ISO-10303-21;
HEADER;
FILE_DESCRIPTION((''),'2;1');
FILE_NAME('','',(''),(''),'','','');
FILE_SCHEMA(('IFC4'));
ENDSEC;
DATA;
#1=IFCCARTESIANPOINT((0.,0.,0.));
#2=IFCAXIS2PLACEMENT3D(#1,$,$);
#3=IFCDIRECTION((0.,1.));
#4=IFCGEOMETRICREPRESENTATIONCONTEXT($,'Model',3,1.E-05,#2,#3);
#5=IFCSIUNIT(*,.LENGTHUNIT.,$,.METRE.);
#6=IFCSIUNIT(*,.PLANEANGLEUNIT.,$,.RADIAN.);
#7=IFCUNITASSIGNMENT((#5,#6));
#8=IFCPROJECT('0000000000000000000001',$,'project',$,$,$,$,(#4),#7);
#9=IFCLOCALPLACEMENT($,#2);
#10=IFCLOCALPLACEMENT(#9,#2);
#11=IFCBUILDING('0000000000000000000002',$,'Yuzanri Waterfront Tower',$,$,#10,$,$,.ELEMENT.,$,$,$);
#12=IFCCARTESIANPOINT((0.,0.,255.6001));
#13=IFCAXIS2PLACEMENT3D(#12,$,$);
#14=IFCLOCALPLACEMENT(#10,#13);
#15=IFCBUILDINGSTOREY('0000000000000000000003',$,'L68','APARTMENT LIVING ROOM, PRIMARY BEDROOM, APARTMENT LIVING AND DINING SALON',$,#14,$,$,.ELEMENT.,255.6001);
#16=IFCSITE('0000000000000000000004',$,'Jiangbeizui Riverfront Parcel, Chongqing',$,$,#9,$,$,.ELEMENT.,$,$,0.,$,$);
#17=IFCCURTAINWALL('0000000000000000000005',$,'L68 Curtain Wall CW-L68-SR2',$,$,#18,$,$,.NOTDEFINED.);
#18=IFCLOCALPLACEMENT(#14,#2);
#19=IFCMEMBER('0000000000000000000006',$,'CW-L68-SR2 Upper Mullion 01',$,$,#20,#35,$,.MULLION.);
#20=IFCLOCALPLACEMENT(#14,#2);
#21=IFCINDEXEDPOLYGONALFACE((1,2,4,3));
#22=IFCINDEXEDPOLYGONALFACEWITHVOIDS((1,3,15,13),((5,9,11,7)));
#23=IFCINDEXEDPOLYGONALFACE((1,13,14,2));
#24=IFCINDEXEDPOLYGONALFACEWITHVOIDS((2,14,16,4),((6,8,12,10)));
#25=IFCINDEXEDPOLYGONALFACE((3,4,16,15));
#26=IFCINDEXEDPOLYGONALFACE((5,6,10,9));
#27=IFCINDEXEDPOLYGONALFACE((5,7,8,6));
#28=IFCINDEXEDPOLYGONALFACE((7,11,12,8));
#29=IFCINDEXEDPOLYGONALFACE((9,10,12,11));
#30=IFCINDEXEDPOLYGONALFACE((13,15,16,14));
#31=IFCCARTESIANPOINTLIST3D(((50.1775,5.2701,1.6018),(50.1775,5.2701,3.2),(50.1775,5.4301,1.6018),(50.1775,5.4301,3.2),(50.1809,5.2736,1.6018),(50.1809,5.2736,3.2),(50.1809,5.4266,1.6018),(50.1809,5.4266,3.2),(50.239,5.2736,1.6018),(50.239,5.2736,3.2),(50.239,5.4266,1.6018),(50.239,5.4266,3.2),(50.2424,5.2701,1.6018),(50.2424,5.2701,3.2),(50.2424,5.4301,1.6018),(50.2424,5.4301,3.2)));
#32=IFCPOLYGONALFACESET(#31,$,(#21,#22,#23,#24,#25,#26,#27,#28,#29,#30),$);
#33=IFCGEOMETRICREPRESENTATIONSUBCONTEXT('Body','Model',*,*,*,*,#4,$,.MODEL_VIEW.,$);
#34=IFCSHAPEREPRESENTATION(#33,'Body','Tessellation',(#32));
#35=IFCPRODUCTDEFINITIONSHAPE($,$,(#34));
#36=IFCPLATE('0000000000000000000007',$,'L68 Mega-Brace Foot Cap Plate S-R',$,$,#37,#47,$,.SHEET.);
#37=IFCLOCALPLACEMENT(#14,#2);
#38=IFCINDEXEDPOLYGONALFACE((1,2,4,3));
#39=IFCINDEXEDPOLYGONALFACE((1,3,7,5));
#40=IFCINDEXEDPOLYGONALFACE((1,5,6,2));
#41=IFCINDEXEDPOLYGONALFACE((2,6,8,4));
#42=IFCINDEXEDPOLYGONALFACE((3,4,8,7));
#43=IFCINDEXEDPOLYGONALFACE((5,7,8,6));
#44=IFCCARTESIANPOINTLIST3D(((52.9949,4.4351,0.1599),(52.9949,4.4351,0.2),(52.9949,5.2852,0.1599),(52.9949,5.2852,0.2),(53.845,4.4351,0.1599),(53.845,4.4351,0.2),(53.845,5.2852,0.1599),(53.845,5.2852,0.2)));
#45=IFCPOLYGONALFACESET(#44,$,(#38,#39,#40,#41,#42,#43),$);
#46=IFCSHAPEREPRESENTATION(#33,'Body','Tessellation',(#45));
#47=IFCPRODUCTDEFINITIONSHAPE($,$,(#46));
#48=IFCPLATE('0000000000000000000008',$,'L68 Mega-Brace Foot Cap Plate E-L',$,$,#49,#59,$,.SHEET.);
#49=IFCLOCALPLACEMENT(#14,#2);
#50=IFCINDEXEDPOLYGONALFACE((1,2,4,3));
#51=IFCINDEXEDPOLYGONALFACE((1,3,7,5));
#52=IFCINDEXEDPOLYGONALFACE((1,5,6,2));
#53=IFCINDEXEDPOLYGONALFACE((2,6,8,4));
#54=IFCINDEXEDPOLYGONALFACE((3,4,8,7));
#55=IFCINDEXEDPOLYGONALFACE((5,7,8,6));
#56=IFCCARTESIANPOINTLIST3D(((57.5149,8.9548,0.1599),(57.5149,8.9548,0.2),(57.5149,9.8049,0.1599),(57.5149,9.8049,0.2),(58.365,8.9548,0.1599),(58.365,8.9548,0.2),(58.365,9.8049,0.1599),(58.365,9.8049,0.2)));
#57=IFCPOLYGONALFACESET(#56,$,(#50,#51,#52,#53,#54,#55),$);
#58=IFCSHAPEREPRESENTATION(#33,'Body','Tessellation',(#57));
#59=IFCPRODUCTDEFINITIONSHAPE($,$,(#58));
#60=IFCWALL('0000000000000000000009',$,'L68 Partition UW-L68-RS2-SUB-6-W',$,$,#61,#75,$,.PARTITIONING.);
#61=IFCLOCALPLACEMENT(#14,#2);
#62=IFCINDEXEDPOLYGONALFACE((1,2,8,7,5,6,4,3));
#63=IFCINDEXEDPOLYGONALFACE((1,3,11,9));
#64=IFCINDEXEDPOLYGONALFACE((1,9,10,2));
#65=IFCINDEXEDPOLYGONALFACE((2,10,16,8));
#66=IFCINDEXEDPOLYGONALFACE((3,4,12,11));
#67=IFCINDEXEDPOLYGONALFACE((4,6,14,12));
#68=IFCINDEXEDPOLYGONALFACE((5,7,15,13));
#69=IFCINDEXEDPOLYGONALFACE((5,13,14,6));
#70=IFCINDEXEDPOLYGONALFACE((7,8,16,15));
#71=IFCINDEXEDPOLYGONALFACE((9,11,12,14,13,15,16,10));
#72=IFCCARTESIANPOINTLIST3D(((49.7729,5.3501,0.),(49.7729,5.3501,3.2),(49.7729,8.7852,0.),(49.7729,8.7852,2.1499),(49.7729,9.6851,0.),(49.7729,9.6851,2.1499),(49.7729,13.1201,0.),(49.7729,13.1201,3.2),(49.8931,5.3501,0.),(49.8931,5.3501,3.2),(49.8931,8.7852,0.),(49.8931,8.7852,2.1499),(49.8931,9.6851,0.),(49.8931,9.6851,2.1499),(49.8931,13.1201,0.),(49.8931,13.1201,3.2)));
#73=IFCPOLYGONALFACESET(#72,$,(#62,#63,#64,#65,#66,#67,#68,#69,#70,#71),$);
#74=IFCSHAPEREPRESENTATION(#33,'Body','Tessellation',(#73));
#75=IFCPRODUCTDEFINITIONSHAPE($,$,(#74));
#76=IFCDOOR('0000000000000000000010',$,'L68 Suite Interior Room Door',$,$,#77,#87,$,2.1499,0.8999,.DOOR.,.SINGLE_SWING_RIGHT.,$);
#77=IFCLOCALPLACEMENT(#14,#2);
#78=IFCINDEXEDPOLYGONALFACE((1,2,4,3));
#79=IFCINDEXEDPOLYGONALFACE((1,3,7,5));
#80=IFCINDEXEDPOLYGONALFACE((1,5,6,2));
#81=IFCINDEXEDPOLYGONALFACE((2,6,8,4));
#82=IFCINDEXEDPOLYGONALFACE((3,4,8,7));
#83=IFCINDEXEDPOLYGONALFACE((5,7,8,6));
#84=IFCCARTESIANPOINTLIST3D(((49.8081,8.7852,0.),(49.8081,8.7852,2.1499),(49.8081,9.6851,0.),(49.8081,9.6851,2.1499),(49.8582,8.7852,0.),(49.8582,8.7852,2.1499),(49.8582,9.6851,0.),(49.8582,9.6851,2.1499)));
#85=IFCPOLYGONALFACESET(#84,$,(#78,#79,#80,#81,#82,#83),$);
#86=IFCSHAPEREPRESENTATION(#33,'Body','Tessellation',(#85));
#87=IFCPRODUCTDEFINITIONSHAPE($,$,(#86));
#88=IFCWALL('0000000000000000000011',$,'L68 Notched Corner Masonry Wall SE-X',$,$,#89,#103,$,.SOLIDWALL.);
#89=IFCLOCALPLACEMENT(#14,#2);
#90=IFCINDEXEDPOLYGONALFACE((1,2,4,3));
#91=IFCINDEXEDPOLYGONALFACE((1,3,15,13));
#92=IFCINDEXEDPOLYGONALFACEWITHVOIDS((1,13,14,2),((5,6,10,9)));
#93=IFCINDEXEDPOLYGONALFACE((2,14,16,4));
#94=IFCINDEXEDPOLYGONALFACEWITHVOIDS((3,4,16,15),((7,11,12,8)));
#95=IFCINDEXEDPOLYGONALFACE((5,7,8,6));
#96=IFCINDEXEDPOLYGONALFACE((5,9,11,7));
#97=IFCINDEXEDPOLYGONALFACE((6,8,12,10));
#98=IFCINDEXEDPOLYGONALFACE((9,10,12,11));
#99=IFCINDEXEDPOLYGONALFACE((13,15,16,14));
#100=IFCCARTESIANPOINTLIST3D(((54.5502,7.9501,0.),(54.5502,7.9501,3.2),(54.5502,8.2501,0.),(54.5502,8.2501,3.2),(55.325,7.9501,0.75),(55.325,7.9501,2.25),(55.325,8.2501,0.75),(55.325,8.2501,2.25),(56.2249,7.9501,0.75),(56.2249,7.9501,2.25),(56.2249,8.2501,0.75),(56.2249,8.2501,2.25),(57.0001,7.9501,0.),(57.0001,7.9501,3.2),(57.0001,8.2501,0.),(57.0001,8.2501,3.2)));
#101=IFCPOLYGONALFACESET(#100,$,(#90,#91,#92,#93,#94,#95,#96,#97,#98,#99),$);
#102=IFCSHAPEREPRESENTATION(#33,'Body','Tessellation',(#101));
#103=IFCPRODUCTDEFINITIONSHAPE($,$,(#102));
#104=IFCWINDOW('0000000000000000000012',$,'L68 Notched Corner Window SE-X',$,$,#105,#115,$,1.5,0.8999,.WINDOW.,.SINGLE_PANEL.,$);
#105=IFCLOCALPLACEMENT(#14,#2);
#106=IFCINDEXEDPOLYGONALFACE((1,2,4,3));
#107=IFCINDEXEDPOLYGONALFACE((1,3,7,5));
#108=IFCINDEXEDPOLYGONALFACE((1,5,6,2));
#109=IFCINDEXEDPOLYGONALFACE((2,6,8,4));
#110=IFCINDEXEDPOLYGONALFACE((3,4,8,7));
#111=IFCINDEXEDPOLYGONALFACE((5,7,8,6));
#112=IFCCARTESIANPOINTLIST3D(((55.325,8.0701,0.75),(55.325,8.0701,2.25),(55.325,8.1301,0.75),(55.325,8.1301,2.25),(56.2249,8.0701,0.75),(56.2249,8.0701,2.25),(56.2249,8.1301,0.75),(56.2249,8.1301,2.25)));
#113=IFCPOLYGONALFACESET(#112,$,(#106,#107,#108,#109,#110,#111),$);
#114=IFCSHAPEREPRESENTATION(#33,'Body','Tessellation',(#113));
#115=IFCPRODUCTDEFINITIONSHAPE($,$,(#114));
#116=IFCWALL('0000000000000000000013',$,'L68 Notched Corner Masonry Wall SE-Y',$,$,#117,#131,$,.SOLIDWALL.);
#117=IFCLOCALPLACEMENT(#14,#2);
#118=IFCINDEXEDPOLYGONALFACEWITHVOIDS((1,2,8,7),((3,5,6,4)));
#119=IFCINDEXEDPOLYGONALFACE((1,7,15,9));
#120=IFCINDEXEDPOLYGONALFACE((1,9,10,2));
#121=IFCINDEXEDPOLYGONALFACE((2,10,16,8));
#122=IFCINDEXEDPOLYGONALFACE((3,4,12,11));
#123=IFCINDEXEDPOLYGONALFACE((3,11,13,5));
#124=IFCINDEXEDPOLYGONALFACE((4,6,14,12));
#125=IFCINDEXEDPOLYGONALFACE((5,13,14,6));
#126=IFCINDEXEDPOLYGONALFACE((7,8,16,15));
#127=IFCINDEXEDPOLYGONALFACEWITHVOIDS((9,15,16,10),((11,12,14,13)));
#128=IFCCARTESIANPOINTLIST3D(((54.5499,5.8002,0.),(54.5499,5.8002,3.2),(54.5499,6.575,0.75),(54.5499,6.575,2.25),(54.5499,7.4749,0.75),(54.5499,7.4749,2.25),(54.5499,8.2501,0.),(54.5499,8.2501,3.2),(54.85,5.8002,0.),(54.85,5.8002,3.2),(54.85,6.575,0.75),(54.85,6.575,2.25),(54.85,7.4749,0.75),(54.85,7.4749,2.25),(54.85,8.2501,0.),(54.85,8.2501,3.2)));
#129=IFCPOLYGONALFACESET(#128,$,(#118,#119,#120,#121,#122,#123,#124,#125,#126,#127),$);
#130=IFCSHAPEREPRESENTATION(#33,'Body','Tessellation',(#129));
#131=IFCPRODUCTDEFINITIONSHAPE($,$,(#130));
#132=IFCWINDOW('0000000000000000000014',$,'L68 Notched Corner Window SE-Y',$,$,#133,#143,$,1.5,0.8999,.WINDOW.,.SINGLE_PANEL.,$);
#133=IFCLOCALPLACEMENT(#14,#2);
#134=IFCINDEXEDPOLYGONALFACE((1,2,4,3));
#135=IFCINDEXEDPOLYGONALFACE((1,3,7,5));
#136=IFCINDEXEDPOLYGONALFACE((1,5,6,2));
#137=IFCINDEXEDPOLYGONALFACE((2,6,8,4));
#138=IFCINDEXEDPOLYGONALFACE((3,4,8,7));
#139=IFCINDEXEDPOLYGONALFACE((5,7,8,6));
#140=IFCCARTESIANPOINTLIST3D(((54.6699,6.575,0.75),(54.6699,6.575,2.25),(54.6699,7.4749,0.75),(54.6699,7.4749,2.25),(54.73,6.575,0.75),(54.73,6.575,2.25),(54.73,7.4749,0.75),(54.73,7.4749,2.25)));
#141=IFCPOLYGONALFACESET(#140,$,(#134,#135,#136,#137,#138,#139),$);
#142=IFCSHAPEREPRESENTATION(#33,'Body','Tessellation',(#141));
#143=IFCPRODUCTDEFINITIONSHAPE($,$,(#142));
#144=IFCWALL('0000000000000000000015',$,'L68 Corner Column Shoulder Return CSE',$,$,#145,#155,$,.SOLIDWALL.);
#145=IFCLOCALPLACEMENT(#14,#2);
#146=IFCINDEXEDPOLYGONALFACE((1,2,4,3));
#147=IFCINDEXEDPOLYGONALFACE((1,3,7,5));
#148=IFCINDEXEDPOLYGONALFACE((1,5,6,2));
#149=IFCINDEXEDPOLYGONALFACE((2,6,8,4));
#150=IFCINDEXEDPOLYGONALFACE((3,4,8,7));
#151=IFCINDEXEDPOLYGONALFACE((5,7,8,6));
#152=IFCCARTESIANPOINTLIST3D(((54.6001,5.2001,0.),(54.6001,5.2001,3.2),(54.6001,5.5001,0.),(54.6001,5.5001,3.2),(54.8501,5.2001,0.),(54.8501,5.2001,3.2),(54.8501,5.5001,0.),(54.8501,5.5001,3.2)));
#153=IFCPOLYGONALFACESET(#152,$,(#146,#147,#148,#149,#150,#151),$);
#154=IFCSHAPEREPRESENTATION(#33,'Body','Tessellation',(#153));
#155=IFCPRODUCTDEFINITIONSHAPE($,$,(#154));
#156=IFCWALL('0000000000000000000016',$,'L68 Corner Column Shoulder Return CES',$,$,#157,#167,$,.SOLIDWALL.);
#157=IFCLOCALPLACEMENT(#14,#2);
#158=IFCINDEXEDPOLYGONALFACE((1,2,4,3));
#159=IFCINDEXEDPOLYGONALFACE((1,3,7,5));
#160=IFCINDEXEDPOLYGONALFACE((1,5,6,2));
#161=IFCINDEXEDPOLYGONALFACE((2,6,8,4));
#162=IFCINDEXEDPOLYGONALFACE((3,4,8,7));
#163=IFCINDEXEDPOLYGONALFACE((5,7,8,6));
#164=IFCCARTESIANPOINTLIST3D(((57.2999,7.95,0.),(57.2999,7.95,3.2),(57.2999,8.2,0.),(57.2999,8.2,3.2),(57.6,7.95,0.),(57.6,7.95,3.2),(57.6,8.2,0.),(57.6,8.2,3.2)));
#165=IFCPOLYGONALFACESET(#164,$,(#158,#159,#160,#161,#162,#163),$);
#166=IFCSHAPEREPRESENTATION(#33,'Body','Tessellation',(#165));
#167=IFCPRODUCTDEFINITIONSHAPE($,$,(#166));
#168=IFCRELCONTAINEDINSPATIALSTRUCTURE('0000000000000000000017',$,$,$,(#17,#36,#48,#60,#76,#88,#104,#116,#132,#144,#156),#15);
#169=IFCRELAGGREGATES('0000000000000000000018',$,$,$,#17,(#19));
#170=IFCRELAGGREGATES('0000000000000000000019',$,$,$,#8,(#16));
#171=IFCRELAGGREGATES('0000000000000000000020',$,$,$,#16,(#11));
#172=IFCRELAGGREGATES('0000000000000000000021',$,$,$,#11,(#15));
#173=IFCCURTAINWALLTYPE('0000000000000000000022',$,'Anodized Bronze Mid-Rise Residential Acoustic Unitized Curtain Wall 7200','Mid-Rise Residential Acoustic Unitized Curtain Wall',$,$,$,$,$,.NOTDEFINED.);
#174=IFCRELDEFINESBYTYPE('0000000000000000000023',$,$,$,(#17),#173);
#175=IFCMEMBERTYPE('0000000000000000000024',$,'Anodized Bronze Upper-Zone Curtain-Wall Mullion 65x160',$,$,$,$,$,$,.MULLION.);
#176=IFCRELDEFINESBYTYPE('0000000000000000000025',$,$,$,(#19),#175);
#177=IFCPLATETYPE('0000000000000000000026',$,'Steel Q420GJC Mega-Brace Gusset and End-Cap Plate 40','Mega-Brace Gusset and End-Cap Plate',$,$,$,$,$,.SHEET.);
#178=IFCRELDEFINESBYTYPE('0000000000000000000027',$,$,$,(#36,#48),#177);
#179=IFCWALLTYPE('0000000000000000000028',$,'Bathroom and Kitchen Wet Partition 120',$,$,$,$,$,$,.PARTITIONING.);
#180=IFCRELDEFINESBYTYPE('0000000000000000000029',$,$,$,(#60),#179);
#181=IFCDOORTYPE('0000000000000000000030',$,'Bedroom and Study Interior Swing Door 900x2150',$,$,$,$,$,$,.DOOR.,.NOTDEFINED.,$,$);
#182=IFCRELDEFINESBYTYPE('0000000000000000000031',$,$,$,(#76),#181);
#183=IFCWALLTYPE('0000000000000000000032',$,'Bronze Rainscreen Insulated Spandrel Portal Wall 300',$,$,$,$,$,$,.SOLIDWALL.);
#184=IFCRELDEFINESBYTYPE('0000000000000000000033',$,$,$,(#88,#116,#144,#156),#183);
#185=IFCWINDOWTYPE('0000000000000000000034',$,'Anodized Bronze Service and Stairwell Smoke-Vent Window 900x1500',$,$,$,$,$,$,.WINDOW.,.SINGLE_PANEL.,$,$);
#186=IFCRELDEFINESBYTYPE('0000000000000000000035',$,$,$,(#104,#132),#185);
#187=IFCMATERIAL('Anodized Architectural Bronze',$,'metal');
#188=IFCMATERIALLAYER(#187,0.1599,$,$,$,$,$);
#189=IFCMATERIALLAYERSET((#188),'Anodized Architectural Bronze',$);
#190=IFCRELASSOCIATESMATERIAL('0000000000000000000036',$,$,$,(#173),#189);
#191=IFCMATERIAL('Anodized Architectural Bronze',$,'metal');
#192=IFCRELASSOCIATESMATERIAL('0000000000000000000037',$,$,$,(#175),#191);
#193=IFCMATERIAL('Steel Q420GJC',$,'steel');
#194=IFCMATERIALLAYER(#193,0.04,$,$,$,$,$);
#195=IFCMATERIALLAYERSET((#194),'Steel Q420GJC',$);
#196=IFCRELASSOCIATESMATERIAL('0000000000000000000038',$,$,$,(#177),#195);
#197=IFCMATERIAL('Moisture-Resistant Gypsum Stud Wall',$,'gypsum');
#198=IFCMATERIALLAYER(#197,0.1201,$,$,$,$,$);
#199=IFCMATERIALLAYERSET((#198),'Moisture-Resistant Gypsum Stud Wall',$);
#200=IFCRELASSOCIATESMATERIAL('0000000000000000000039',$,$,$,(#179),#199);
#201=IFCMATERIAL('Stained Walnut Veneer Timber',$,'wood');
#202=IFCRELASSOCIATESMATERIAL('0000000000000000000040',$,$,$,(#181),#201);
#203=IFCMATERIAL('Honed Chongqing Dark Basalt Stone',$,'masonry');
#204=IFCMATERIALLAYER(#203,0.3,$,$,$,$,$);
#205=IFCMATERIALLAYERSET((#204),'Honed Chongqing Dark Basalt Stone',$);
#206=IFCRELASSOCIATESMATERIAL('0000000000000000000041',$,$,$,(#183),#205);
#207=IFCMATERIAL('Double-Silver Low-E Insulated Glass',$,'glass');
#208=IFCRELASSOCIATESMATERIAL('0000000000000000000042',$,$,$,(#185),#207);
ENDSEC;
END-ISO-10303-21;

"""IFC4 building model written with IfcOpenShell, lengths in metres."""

from ifc_helpers import new_model, si_unit, direction, frame, frame_2d, origin, origin_2d, place, context, subcontext, project, spatial, rectangle, hollow_rectangle, extrude, source, transform, mapped, material, layer, layer_set, material_profile, profile_set, type_object, element, fill, aggregate, save


model = new_model("IFC4")

# Units and contexts
model_context = context("Model", 3, precision=1e-05, world=origin(), true_north=direction((0.0, 1.0)))
body_context = subcontext(model_context, "Body", "Model", "MODEL_VIEW")
ifc_project = project(units=[si_unit("LENGTHUNIT", "METRE"), si_unit("PLANEANGLEUNIT", "RADIAN")], contexts=[model_context])

# Site, building, storey
site_placement = place(None, origin())
site = spatial("IfcSite", under=ifc_project, at=site_placement, Name="Jiangbeizui Riverfront Parcel, Chongqing", CompositionType="ELEMENT", RefElevation=0.0)
building_placement = place(site_placement, origin())
building = spatial("IfcBuilding", under=site, at=building_placement, Name="Yuzanri Waterfront Tower", CompositionType="ELEMENT")
storey_placement = place(building_placement, frame((0.0, 0.0, 255.6001)))
storey = spatial("IfcBuildingStorey", under=building, at=storey_placement, Name="L68", Description="APARTMENT LIVING ROOM, PRIMARY BEDROOM, APARTMENT LIVING AND DINING SALON", CompositionType="ELEMENT", Elevation=255.6001)

# Curtain wall, member
ifc_material_1 = material(Name="Anodized Architectural Bronze", Category="metal")
ifc_layer_1 = layer(ifc_material_1, 0.1599)
ifc_layer_set_1 = layer_set([ifc_layer_1], Name="Anodized Architectural Bronze")
curtain_wall_type = type_object("IfcCurtainWallType", Name="Anodized Bronze Mid-Rise Residential Acoustic Unitized Curtain Wall 7200", Description="Mid-Rise Residential Acoustic Unitized Curtain Wall", PredefinedType="NOTDEFINED", material=ifc_layer_set_1)
curtain_wall_1_placement = place(storey_placement, origin())
curtain_wall_1 = element("IfcCurtainWall", 1, at=curtain_wall_1_placement, inside=storey, type_object=curtain_wall_type, Name="L68 Curtain Wall CW-L68-SR2", PredefinedType="NOTDEFINED")
ifc_material_2 = material(Name="Anodized Architectural Bronze", Category="metal")
ifc_material_profile_1 = material_profile(ifc_material_2, hollow_rectangle(XDim=0.0649, YDim=0.1599, WallThickness=0.0034, at=origin_2d()), Name="CWM 65x160")
ifc_profile_set_1 = profile_set([ifc_material_profile_1], Name="Anodized Architectural Bronze")
member_type_1 = type_object("IfcMemberType", Name="Anodized Bronze Upper-Zone Curtain-Wall Mullion 65x160", PredefinedType="MULLION", material=ifc_profile_set_1)
shared_shape_1 = source(origin(), body_context, "Body", "SweptSolid", [
    extrude(hollow_rectangle(XDim=0.0649, YDim=0.1599, WallThickness=0.0034, at=origin_2d()), origin(), (0.0, 0.0, 1.0), 1.5981),
])
member_1_placement = place(storey_placement, frame((50.21, 5.3501, 1.6018), z_axis=(0.0, 0.0, 1.0), x_axis=(1.0, 0.0, 0.0)))
member_1 = element("IfcMember", 2, at=member_1_placement, type_object=member_type_1, Name="CW-L68-SR2 Upper Mullion 01", PredefinedType="MULLION", context=body_context, shape_type="MappedRepresentation", body=[
    mapped(shared_shape_1, transform((0.0, 0.0, 0.0), scale=1.0)),
])
aggregate(curtain_wall_1, [member_1])

# Plates
ifc_material_3 = material(Name="Steel Q420GJC", Category="steel")
ifc_layer_2 = layer(ifc_material_3, 0.04)
ifc_layer_set_2 = layer_set([ifc_layer_2], Name="Steel Q420GJC")
plate_type = type_object("IfcPlateType", Name="Steel Q420GJC Mega-Brace Gusset and End-Cap Plate 40", Description="Mega-Brace Gusset and End-Cap Plate", PredefinedType="SHEET", material=ifc_layer_set_2)
shared_shape_2 = source(origin(), body_context, "Body", "SweptSolid", [
    extrude(rectangle(XDim=0.8501, YDim=0.8501, at=origin_2d()), origin(), (0.0, 0.0, 1.0), 0.04),
])
for number, where, z_axis, x_axis, name in (
    (3, (53.4199, 4.8601, 0.1599), (0.0, 0.0, 1.0), (1.0, 0.0, 0.0), "L68 Mega-Brace Foot Cap Plate S-R"),
    (4, (57.9399, 9.3799, 0.1599), (0.0, 0.0, 1.0), (1.0, 0.0, 0.0), "L68 Mega-Brace Foot Cap Plate E-L"),
):
    element("IfcPlate", number, at=place(storey_placement, frame(where, z_axis=z_axis, x_axis=x_axis)), inside=storey, type_object=plate_type, Name=name, PredefinedType="SHEET", context=body_context, shape_type="MappedRepresentation", body=[
        mapped(shared_shape_2, transform((0.0, 0.0, 0.0), scale=1.0)),
    ])

# Wall, opening, door
ifc_material_4 = material(Name="Moisture-Resistant Gypsum Stud Wall", Category="gypsum")
ifc_layer_3 = layer(ifc_material_4, 0.1201)
ifc_layer_set_3 = layer_set([ifc_layer_3], Name="Moisture-Resistant Gypsum Stud Wall")
wall_type_1 = type_object("IfcWallType", Name="Bathroom and Kitchen Wet Partition 120", PredefinedType="PARTITIONING", material=ifc_layer_set_3)
wall_1_placement = place(storey_placement, frame((49.833, 5.3501, 0.0), z_axis=(0.0, 0.0, 1.0), x_axis=(0.0, 1.0, 0.0)))
wall_1 = element("IfcWall", 5, at=wall_1_placement, inside=storey, type_object=wall_type_1, Name="L68 Partition UW-L68-RS2-SUB-6-W", PredefinedType="PARTITIONING", context=body_context, shape_type="SweptSolid", body=[
    extrude(rectangle(XDim=7.77, YDim=0.1201, at=frame_2d((3.885, 0.0))), origin(), (0.0, 0.0, 1.0), 3.2),
])
opening_1_placement = place(wall_1_placement, frame((3.4351, 0.0, 0.0)))
opening_1 = element("IfcOpeningElement", 6, at=opening_1_placement, cuts=wall_1, PredefinedType="OPENING", context=body_context, shape_type="SweptSolid", body=[
    extrude(rectangle(XDim=0.8999, YDim=2.1499, at=frame_2d((0.45, 1.075))), frame((0.0, 0.075, 0.0), z_axis=(0.0, -1.0, 0.0), x_axis=(1.0, 0.0, 0.0)), (0.0, 0.0, 1.0), 0.1499),
])
ifc_material_5 = material(Name="Stained Walnut Veneer Timber", Category="wood")
door_type = type_object("IfcDoorType", Name="Bedroom and Study Interior Swing Door 900x2150", OperationType="NOTDEFINED", PredefinedType="DOOR", material=ifc_material_5)
shared_shape_3 = source(origin(), body_context, "Body", "SweptSolid", [
    extrude(rectangle(XDim=0.8999, YDim=2.1499, at=frame_2d((0.45, 1.075))), frame((0.0, 0.0249, 0.0), z_axis=(0.0, -1.0, 0.0), x_axis=(1.0, 0.0, 0.0)), (0.0, 0.0, 1.0), 0.05),
])
door_placement = place(opening_1_placement, origin())
door = element("IfcDoor", 7, at=door_placement, inside=storey, type_object=door_type, Name="L68 Suite Interior Room Door", OperationType="SINGLE_SWING_RIGHT", OverallHeight=2.1499, OverallWidth=0.8999, PredefinedType="DOOR", context=body_context, shape_type="MappedRepresentation", body=[
    mapped(shared_shape_3, transform((0.0, 0.0, 0.0), scale=1.0)),
])
fill(opening_1, door)

# Walls, openings, windows
ifc_material_6 = material(Name="Honed Chongqing Dark Basalt Stone", Category="masonry")
ifc_layer_4 = layer(ifc_material_6, 0.3)
ifc_layer_set_4 = layer_set([ifc_layer_4], Name="Honed Chongqing Dark Basalt Stone")
wall_type_2 = type_object("IfcWallType", Name="Bronze Rainscreen Insulated Spandrel Portal Wall 300", PredefinedType="SOLIDWALL", material=ifc_layer_set_4)
wall_2_placement = place(storey_placement, frame((54.55, 8.1001, 0.0), z_axis=(0.0, 0.0, 1.0), x_axis=(1.0, 0.0, 0.0)))
wall_2 = element("IfcWall", 8, at=wall_2_placement, inside=storey, type_object=wall_type_2, Name="L68 Notched Corner Masonry Wall SE-X", PredefinedType="SOLIDWALL", context=body_context, shape_type="SweptSolid", body=[
    extrude(rectangle(XDim=2.45, YDim=0.3, at=frame_2d((1.2251, 0.0))), origin(), (0.0, 0.0, 1.0), 3.2),
])
opening_2_placement = place(wall_2_placement, frame((0.7749, 0.0, 0.75)))
opening_2 = element("IfcOpeningElement", 9, at=opening_2_placement, cuts=wall_2, PredefinedType="OPENING", context=body_context, shape_type="SweptSolid", body=[
    extrude(rectangle(XDim=0.8999, YDim=1.5, at=frame_2d((0.45, 0.75))), frame((0.0, 0.165, 0.0), z_axis=(0.0, -1.0, 0.0), x_axis=(1.0, 0.0, 0.0)), (0.0, 0.0, 1.0), 0.3298),
])
ifc_material_7 = material(Name="Double-Silver Low-E Insulated Glass", Category="glass")
window_type = type_object("IfcWindowType", Name="Anodized Bronze Service and Stairwell Smoke-Vent Window 900x1500", PartitioningType="SINGLE_PANEL", PredefinedType="WINDOW", material=ifc_material_7)
shared_shape_4 = source(origin(), body_context, "Body", "SweptSolid", [
    extrude(rectangle(XDim=0.8999, YDim=1.5, at=frame_2d((0.45, 0.75))), frame((0.0, 0.03, 0.0), z_axis=(0.0, -1.0, 0.0), x_axis=(1.0, 0.0, 0.0)), (0.0, 0.0, 1.0), 0.0601),
])
window_1_placement = place(opening_2_placement, origin())
window_1 = element("IfcWindow", 10, at=window_1_placement, inside=storey, type_object=window_type, Name="L68 Notched Corner Window SE-X", OverallHeight=1.5, OverallWidth=0.8999, PartitioningType="SINGLE_PANEL", PredefinedType="WINDOW", context=body_context, shape_type="MappedRepresentation", body=[
    mapped(shared_shape_4, transform((0.0, 0.0, 0.0), scale=1.0)),
])
fill(opening_2, window_1)
wall_3_placement = place(storey_placement, frame((54.7, 5.8, 0.0), z_axis=(0.0, 0.0, 1.0), x_axis=(0.0, 1.0, 0.0)))
wall_3 = element("IfcWall", 11, at=wall_3_placement, inside=storey, type_object=wall_type_2, Name="L68 Notched Corner Masonry Wall SE-Y", PredefinedType="SOLIDWALL", context=body_context, shape_type="SweptSolid", body=[
    extrude(rectangle(XDim=2.45, YDim=0.3, at=frame_2d((1.2251, 0.0))), origin(), (0.0, 0.0, 1.0), 3.2),
])
opening_3_placement = place(wall_3_placement, frame((0.7749, 0.0, 0.75)))
opening_3 = element("IfcOpeningElement", 12, at=opening_3_placement, cuts=wall_3, PredefinedType="OPENING", context=body_context, shape_type="SweptSolid", body=[
    extrude(rectangle(XDim=0.8999, YDim=1.5, at=frame_2d((0.45, 0.75))), frame((0.0, 0.165, 0.0), z_axis=(0.0, -1.0, 0.0), x_axis=(1.0, 0.0, 0.0)), (0.0, 0.0, 1.0), 0.3298),
])
window_2_placement = place(opening_3_placement, origin())
window_2 = element("IfcWindow", 13, at=window_2_placement, inside=storey, type_object=window_type, Name="L68 Notched Corner Window SE-Y", OverallHeight=1.5, OverallWidth=0.8999, PartitioningType="SINGLE_PANEL", PredefinedType="WINDOW", context=body_context, shape_type="MappedRepresentation", body=[
    mapped(shared_shape_4, transform((0.0, 0.0, 0.0), scale=1.0)),
])
fill(opening_3, window_2)

# Walls
shared_shape_5 = source(origin(), body_context, "Body", "SweptSolid", [
    extrude(rectangle(XDim=0.25, YDim=0.3, at=frame_2d((0.125, 0.0))), origin(), (0.0, 0.0, 1.0), 3.2),
])
for number, where, z_axis, x_axis, name in (
    (14, (54.6001, 5.3501, 0.0), (0.0, 0.0, 1.0), (1.0, 0.0, 0.0), "L68 Corner Column Shoulder Return CSE"),
    (15, (57.45, 7.95, 0.0), (0.0, 0.0, 1.0), (0.0, 1.0, 0.0), "L68 Corner Column Shoulder Return CES"),
):
    element("IfcWall", number, at=place(storey_placement, frame(where, z_axis=z_axis, x_axis=x_axis)), inside=storey, type_object=wall_type_2, Name=name, PredefinedType="SOLIDWALL", context=body_context, shape_type="MappedRepresentation", body=[
        mapped(shared_shape_5, transform((0.0, 0.0, 0.0), scale=1.0)),
    ])

save(model, "model.ifc")
